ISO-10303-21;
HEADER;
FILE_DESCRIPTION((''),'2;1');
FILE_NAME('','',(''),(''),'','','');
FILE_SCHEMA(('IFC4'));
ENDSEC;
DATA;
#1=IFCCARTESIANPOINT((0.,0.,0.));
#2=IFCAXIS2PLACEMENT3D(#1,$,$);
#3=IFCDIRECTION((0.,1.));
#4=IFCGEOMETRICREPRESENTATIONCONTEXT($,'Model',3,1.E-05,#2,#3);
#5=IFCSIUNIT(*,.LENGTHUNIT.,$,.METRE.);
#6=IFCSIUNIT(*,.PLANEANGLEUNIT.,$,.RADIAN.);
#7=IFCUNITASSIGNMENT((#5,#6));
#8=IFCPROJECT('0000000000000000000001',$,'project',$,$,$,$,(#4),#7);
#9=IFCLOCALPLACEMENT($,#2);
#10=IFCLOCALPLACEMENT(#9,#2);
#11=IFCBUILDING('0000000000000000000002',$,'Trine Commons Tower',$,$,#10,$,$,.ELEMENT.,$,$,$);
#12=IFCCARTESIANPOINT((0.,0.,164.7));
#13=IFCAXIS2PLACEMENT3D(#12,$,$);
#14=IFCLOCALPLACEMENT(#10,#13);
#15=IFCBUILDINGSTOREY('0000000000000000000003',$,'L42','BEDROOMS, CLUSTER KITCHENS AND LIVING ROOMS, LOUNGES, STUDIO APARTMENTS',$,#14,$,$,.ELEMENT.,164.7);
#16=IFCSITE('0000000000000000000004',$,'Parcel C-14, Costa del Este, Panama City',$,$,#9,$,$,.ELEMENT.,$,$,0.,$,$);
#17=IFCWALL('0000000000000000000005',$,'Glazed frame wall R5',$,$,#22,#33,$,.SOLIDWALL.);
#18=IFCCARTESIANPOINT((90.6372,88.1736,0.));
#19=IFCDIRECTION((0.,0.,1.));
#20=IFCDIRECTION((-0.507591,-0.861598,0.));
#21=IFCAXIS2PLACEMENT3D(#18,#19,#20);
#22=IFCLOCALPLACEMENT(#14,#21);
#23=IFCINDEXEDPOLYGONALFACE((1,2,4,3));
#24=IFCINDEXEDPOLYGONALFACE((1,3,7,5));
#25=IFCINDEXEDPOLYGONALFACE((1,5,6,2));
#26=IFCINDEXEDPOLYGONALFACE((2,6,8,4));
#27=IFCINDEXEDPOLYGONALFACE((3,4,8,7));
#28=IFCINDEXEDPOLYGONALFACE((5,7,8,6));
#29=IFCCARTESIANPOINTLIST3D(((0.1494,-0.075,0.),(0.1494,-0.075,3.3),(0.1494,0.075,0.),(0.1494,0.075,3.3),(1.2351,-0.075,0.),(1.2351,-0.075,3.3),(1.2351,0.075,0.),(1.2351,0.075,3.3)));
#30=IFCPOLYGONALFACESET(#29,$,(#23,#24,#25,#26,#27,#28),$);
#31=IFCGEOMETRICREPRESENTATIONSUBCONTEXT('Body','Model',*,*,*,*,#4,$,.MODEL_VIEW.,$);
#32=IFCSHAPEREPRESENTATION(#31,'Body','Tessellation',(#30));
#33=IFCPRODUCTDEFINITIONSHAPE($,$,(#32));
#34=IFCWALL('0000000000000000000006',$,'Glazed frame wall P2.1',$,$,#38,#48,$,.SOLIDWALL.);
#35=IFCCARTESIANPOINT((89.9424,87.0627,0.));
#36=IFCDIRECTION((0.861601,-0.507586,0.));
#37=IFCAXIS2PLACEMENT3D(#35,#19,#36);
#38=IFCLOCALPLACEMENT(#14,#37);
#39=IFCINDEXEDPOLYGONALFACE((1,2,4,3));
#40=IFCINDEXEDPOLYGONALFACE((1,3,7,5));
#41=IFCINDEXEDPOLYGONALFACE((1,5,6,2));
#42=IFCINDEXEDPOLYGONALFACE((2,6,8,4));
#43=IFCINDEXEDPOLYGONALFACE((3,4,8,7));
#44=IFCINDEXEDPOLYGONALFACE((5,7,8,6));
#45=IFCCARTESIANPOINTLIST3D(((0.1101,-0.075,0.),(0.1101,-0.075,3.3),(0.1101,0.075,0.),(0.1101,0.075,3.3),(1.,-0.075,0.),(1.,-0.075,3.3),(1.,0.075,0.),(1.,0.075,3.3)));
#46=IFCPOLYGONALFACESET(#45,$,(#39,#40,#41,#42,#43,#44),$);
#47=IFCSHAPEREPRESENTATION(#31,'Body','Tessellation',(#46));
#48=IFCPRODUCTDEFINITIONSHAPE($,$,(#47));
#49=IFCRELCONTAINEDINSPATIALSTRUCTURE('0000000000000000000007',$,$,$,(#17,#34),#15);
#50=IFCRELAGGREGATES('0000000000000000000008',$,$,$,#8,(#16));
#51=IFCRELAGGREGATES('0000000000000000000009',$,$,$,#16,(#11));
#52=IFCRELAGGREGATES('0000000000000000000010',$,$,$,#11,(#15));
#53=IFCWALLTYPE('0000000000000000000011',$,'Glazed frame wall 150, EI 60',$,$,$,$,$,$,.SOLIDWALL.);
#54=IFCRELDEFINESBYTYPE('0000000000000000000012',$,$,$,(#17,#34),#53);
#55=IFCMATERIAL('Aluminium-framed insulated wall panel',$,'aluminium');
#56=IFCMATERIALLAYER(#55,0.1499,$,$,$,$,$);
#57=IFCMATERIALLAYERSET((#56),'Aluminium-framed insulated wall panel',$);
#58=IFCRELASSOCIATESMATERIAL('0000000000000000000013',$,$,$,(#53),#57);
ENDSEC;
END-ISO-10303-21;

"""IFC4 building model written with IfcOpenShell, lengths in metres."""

from ifc_helpers import new_model, si_unit, direction, frame, origin, place, context, subcontext, project, spatial, polyline, outline, extrude, material, layer, layer_set, type_object, element, save


model = new_model("IFC4")

# Units and contexts
model_context = context("Model", 3, precision=1e-05, world=origin(), true_north=direction((0.0, 1.0)))
body_context = subcontext(model_context, "Body", "Model", "MODEL_VIEW")
ifc_project = project(units=[si_unit("LENGTHUNIT", "METRE"), si_unit("PLANEANGLEUNIT", "RADIAN")], contexts=[model_context])

# Site, building, storey
site_placement = place(None, origin())
site = spatial("IfcSite", under=ifc_project, at=site_placement, Name="Parcel C-14, Costa del Este, Panama City", CompositionType="ELEMENT", RefElevation=0.0)
building_placement = place(site_placement, origin())
building = spatial("IfcBuilding", under=site, at=building_placement, Name="Trine Commons Tower", CompositionType="ELEMENT")
storey_placement = place(building_placement, frame((0.0, 0.0, 164.7)))
storey = spatial("IfcBuildingStorey", under=building, at=storey_placement, Name="L42", Description="BEDROOMS, CLUSTER KITCHENS AND LIVING ROOMS, LOUNGES, STUDIO APARTMENTS", CompositionType="ELEMENT", Elevation=164.7)

# Walls
ifc_material_1 = material(Name="Aluminium-framed insulated wall panel", Category="aluminium")
ifc_layer_1 = layer(ifc_material_1, 0.1499)
ifc_layer_set_1 = layer_set([ifc_layer_1], Name="Aluminium-framed insulated wall panel")
wall_type_1 = type_object("IfcWallType", Name="Glazed frame wall 150, EI 60", PredefinedType="SOLIDWALL", material=ifc_layer_set_1)
wall_1_placement = place(storey_placement, frame((90.6372, 88.1736, 0.0), z_axis=(0.0, 0.0, 1.0), x_axis=(-0.507591, -0.861598, 0.0)))
element("IfcWall", 1, at=wall_1_placement, inside=storey, type_object=wall_type_1, Name="Glazed frame wall R5", PredefinedType="SOLIDWALL", context=body_context, shape_type="SweptSolid", body=[
    extrude(outline(polyline([(0.1494, 0.075), (0.1494, -0.075), (1.2351, -0.075), (1.2351, 0.075), (0.1494, 0.075)])), origin(), (0.0, 0.0, 1.0), 3.3),
])
wall_2_placement = place(storey_placement, frame((89.9424, 87.0627, 0.0), z_axis=(0.0, 0.0, 1.0), x_axis=(0.861601, -0.507586, 0.0)))
element("IfcWall", 2, at=wall_2_placement, inside=storey, type_object=wall_type_1, Name="Glazed frame wall P2.1", PredefinedType="SOLIDWALL", context=body_context, shape_type="SweptSolid", body=[
    extrude(outline(polyline([(0.1101, -0.075), (1.0, -0.075), (1.0, 0.075), (0.1101, 0.075), (0.1101, -0.075)])), origin(), (0.0, 0.0, 1.0), 3.3),
])

save(model, "model.ifc")
